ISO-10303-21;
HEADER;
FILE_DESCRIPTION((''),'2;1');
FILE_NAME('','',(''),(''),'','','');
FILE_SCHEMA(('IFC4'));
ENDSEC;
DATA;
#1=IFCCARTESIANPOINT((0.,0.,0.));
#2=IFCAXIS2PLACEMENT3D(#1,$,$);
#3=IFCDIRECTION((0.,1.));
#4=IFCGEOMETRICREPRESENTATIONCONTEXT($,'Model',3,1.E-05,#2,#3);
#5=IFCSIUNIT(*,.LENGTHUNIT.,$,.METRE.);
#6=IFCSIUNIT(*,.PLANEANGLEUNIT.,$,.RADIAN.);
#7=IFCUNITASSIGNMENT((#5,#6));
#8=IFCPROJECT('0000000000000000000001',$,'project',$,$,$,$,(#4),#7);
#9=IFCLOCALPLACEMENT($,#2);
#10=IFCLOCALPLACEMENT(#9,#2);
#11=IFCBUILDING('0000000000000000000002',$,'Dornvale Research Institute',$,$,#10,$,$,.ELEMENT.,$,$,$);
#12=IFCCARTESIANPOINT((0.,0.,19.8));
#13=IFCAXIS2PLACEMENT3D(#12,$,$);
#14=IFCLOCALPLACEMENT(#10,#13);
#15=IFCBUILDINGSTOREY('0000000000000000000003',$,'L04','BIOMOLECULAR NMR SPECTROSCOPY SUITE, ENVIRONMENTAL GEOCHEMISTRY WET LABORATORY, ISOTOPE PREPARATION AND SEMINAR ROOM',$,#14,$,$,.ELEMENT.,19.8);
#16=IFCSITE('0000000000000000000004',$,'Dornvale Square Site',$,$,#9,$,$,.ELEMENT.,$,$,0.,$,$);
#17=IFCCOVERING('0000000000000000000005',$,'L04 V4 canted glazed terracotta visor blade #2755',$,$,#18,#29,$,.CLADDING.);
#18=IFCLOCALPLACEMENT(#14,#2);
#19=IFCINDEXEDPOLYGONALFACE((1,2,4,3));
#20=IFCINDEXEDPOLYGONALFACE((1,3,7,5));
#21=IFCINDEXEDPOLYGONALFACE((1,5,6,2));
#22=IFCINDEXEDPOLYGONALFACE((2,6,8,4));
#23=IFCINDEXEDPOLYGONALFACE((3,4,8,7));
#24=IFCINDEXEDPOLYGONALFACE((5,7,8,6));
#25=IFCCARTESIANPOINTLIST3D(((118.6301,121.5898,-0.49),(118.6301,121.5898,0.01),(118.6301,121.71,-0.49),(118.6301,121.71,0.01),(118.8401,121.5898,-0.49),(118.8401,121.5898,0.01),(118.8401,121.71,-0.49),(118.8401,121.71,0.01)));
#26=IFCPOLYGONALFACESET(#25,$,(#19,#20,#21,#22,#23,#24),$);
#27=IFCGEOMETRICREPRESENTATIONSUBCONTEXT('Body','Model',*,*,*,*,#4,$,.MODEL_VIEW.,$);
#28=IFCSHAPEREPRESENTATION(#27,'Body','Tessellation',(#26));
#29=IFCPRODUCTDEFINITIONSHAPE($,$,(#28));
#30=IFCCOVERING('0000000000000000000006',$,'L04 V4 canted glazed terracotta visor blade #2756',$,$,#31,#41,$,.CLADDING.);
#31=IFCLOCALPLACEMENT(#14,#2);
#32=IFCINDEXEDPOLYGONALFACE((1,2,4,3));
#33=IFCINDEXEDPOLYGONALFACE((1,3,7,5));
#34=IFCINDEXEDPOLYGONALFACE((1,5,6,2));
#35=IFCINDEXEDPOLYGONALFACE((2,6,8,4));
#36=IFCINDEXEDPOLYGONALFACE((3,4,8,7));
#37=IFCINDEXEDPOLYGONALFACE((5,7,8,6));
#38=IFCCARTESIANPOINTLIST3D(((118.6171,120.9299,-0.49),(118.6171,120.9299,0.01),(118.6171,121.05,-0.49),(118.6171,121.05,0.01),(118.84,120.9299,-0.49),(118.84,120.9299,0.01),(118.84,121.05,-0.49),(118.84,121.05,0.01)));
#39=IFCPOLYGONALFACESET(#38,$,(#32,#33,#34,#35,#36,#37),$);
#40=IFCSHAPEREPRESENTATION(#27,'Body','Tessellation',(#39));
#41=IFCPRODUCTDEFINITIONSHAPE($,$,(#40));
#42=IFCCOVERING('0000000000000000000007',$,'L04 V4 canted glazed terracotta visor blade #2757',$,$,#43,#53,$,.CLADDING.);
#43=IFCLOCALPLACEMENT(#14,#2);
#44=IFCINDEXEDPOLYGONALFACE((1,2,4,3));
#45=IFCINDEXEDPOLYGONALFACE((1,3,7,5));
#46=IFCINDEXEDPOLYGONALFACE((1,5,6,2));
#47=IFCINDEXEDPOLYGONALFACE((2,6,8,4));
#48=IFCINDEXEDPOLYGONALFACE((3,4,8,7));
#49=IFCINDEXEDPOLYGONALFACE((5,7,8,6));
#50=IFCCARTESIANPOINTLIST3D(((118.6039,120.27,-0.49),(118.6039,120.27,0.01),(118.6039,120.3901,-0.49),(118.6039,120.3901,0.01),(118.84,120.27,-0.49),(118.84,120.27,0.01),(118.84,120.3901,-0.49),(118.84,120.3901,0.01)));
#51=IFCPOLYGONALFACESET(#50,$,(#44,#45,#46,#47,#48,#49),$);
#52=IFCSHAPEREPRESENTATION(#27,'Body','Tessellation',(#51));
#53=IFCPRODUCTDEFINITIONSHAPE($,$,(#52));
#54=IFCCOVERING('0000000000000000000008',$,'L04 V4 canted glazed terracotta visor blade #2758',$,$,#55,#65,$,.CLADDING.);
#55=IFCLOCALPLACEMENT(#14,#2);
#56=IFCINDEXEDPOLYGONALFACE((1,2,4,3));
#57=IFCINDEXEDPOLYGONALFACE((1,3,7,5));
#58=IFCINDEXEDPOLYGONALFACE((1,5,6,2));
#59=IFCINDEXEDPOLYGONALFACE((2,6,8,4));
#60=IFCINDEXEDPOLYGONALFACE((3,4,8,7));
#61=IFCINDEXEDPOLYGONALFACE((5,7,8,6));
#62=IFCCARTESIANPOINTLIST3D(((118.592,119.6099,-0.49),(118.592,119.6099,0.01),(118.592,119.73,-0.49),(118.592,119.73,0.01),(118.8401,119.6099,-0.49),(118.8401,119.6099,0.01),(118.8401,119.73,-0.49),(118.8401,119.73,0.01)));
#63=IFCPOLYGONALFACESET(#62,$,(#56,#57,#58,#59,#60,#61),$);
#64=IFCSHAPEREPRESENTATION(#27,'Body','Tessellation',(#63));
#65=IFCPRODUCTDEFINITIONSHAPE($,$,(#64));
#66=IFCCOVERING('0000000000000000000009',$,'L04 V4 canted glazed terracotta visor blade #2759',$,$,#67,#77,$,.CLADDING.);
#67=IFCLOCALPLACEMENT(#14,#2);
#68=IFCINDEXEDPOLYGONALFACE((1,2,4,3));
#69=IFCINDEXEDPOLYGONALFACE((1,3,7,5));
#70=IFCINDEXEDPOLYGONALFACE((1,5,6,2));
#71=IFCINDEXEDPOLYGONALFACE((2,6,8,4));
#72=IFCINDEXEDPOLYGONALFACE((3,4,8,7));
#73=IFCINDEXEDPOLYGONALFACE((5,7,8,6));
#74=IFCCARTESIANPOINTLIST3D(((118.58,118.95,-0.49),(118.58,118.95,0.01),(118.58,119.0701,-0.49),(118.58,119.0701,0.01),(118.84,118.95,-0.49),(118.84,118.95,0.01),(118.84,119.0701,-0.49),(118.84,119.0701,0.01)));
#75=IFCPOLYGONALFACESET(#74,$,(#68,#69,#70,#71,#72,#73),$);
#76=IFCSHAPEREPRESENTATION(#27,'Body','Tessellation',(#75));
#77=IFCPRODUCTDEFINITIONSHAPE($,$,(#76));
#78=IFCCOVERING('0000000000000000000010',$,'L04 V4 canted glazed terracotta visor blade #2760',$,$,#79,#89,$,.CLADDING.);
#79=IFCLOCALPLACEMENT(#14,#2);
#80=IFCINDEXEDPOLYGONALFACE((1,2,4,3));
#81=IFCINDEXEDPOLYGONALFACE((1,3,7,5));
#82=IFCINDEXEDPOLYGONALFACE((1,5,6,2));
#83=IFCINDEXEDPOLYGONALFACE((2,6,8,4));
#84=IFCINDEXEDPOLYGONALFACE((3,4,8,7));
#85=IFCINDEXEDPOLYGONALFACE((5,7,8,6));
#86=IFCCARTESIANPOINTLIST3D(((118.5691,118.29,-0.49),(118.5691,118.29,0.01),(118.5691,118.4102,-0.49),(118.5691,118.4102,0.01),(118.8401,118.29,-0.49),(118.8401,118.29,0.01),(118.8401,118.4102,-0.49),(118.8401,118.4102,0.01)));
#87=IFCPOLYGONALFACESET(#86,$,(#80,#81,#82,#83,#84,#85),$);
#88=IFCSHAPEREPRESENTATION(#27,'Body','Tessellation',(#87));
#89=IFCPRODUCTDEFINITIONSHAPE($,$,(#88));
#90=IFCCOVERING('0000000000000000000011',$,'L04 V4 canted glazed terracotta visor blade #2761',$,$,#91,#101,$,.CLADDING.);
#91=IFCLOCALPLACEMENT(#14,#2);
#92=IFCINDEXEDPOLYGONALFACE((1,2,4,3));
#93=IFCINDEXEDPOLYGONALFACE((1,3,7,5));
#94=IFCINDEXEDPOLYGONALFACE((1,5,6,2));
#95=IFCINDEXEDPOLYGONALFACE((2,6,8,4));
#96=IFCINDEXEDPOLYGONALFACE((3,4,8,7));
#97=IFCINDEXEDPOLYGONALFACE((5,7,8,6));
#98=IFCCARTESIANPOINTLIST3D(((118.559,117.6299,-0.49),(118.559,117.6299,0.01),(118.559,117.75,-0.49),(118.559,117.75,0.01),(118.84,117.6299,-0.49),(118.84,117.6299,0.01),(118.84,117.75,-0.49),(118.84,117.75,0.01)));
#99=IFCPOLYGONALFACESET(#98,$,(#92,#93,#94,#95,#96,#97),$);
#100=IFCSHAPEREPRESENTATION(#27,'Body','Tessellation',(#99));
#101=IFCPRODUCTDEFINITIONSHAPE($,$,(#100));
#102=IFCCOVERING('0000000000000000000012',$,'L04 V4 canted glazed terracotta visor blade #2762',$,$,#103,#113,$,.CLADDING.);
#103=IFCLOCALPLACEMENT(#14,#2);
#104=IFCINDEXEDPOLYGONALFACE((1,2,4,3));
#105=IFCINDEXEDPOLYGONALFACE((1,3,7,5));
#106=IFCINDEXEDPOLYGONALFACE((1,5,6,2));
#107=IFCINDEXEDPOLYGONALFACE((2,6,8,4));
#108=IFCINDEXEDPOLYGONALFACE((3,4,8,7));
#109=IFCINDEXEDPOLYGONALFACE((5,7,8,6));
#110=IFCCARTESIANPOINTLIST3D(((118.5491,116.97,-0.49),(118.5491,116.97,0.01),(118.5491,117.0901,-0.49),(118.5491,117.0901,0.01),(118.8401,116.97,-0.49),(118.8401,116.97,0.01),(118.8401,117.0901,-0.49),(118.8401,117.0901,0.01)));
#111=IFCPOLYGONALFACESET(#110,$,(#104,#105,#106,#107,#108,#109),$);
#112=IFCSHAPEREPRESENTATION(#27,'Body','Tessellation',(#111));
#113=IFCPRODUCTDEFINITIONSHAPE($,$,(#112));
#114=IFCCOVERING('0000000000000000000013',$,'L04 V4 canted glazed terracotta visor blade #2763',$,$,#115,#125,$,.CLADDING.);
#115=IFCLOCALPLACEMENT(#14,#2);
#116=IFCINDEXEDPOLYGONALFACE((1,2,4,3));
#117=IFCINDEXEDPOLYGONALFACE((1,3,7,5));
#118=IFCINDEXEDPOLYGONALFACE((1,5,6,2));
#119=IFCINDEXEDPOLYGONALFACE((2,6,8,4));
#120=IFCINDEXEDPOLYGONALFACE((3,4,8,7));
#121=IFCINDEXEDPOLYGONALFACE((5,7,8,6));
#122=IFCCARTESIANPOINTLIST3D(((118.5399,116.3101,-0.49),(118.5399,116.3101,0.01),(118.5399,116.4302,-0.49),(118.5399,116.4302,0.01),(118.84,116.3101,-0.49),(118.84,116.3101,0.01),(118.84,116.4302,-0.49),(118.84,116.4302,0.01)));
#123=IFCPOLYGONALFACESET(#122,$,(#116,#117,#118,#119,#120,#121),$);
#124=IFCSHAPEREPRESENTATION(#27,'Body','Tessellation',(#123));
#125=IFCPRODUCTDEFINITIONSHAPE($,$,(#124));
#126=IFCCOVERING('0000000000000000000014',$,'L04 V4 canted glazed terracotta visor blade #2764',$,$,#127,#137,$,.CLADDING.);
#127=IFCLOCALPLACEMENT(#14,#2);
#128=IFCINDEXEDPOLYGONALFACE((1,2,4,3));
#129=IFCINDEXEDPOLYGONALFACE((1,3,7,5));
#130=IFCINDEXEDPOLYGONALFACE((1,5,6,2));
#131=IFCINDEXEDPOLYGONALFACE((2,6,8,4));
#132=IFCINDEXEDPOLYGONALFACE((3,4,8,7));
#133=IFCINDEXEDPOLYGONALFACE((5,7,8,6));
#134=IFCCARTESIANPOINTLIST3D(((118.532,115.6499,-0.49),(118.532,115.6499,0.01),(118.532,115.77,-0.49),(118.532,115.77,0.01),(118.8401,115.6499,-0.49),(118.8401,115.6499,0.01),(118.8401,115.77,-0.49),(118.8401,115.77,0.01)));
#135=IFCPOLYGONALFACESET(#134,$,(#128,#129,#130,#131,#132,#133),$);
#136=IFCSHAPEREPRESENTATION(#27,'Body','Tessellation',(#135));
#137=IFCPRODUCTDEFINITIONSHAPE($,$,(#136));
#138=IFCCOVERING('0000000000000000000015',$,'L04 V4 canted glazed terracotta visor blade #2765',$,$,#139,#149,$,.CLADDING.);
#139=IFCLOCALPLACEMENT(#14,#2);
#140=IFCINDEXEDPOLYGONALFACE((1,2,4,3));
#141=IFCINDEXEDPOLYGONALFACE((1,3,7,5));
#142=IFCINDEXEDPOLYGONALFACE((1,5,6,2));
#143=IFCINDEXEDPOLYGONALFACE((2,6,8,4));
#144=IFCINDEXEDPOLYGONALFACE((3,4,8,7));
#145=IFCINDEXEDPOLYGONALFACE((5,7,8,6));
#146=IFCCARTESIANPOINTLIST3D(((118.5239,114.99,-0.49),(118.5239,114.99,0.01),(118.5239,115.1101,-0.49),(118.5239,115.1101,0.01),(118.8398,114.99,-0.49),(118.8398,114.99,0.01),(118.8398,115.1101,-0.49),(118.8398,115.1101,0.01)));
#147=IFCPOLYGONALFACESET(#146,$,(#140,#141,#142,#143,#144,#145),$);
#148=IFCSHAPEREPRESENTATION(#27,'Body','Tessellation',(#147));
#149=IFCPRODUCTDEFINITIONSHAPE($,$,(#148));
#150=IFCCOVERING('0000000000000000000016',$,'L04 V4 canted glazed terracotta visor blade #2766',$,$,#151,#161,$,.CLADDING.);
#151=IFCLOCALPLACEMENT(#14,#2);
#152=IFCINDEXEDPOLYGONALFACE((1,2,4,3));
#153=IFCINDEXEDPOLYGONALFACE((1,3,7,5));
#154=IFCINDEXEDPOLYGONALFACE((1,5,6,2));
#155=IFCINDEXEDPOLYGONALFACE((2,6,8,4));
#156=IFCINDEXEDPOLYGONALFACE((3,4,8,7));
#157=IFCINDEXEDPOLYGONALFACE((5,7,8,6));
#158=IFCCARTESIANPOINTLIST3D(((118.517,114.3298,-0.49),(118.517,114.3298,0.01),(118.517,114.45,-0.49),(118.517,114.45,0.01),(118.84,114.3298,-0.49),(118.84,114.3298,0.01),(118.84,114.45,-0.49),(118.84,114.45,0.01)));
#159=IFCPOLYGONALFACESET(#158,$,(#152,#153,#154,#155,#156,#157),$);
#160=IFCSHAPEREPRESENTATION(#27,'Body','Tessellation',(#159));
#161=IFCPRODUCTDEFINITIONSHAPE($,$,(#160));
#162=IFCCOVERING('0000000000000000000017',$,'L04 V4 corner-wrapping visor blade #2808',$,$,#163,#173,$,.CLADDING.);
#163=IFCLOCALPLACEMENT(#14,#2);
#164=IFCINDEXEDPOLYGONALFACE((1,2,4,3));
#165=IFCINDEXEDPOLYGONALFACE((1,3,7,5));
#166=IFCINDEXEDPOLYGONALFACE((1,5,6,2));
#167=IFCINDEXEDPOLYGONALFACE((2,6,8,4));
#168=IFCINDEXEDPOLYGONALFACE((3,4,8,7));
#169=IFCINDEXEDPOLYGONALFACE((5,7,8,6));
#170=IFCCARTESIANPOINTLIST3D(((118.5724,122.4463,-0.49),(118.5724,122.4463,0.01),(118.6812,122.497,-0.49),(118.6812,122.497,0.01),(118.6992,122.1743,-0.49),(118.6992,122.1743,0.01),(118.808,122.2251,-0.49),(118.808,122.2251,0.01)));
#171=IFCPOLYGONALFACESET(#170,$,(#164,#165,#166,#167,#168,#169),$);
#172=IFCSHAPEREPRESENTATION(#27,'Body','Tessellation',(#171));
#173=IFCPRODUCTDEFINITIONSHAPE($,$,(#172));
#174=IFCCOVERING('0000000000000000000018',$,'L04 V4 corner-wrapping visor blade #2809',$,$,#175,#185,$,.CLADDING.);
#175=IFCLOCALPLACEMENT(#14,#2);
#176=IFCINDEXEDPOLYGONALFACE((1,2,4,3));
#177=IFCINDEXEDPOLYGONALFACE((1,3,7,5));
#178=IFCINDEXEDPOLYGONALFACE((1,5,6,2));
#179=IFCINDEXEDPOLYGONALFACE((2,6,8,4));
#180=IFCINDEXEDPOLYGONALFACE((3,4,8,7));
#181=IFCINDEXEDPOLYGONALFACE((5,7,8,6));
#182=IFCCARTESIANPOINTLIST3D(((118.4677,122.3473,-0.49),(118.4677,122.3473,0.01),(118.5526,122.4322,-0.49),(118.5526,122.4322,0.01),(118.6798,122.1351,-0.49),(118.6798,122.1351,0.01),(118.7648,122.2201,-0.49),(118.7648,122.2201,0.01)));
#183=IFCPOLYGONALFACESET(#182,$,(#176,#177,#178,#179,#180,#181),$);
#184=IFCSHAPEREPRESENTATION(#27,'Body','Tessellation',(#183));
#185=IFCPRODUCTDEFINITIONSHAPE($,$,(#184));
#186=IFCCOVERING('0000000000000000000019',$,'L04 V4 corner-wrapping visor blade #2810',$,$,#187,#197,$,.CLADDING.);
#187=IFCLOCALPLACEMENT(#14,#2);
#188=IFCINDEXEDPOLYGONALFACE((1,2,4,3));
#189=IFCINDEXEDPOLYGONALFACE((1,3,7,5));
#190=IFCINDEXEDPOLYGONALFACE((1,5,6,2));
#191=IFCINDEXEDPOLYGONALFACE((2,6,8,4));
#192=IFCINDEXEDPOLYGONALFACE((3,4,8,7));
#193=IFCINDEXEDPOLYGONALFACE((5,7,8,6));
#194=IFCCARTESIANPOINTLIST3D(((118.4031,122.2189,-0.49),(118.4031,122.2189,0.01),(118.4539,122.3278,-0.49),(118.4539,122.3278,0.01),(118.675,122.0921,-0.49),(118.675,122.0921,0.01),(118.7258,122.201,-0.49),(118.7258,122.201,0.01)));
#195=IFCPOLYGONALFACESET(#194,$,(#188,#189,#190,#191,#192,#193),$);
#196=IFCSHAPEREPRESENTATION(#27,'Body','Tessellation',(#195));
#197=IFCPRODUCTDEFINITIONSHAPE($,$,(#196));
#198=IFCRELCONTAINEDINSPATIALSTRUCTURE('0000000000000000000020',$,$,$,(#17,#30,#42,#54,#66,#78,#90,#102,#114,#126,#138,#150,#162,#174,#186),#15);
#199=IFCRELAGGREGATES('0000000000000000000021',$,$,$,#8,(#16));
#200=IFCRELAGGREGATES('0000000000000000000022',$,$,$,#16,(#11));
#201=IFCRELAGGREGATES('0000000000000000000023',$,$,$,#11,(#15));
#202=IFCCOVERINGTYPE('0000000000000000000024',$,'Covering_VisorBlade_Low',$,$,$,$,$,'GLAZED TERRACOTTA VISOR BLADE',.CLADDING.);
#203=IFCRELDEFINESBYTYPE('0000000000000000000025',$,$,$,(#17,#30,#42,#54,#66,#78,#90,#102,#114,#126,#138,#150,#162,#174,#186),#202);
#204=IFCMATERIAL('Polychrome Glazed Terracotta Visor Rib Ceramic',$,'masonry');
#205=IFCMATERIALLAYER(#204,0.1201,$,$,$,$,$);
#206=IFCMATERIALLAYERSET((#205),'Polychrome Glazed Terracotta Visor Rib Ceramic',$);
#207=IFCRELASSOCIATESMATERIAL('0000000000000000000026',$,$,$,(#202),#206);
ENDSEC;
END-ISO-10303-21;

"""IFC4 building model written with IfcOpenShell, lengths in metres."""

from ifc_helpers import new_model, si_unit, direction, frame, origin, origin_2d, place, context, subcontext, project, spatial, rectangle, extrude, material, layer, layer_set, type_object, element, save


model = new_model("IFC4")

# Units and contexts
model_context = context("Model", 3, precision=1e-05, world=origin(), true_north=direction((0.0, 1.0)))
body_context = subcontext(model_context, "Body", "Model", "MODEL_VIEW")
ifc_project = project(units=[si_unit("LENGTHUNIT", "METRE"), si_unit("PLANEANGLEUNIT", "RADIAN")], contexts=[model_context])

# Site, building, storey
site_placement = place(None, origin())
site = spatial("IfcSite", under=ifc_project, at=site_placement, Name="Dornvale Square Site", CompositionType="ELEMENT", RefElevation=0.0)
building_placement = place(site_placement, origin())
building = spatial("IfcBuilding", under=site, at=building_placement, Name="Dornvale Research Institute", CompositionType="ELEMENT")
storey_placement = place(building_placement, frame((0.0, 0.0, 19.8)))
storey = spatial("IfcBuildingStorey", under=building, at=storey_placement, Name="L04", Description="BIOMOLECULAR NMR SPECTROSCOPY SUITE, ENVIRONMENTAL GEOCHEMISTRY WET LABORATORY, ISOTOPE PREPARATION AND SEMINAR ROOM", CompositionType="ELEMENT", Elevation=19.8)

# Coverings
ifc_material_1 = material(Name="Polychrome Glazed Terracotta Visor Rib Ceramic", Category="masonry")
ifc_layer_1 = layer(ifc_material_1, 0.1201)
ifc_layer_set_1 = layer_set([ifc_layer_1], Name="Polychrome Glazed Terracotta Visor Rib Ceramic")
covering_type = type_object("IfcCoveringType", Name="Covering_VisorBlade_Low", ElementType="GLAZED TERRACOTTA VISOR BLADE", PredefinedType="CLADDING", material=ifc_layer_set_1)
covering_1_placement = place(storey_placement, frame((118.7351, 121.6499, -0.49), z_axis=(0.0, 0.0, 1.0), x_axis=(1.0, 0.0, 0.0)))
element("IfcCovering", 1, at=covering_1_placement, inside=storey, type_object=covering_type, Name="L04 V4 canted glazed terracotta visor blade #2755", PredefinedType="CLADDING", context=body_context, shape_type="SweptSolid", body=[
    extrude(rectangle(XDim=0.21, YDim=0.1201, at=origin_2d()), origin(), (0.0, 0.0, 1.0), 0.5),
])
covering_2_placement = place(storey_placement, frame((118.7285, 120.99, -0.49), z_axis=(0.0, 0.0, 1.0), x_axis=(1.0, 0.0, 0.0)))
element("IfcCovering", 2, at=covering_2_placement, inside=storey, type_object=covering_type, Name="L04 V4 canted glazed terracotta visor blade #2756", PredefinedType="CLADDING", context=body_context, shape_type="SweptSolid", body=[
    extrude(rectangle(XDim=0.2229, YDim=0.1201, at=origin_2d()), origin(), (0.0, 0.0, 1.0), 0.5),
])
covering_3_placement = place(storey_placement, frame((118.7219, 120.3301, -0.49), z_axis=(0.0, 0.0, 1.0), x_axis=(1.0, 0.0, 0.0)))
element("IfcCovering", 3, at=covering_3_placement, inside=storey, type_object=covering_type, Name="L04 V4 canted glazed terracotta visor blade #2757", PredefinedType="CLADDING", context=body_context, shape_type="SweptSolid", body=[
    extrude(rectangle(XDim=0.2361, YDim=0.1201, at=origin_2d()), origin(), (0.0, 0.0, 1.0), 0.5),
])
covering_4_placement = place(storey_placement, frame((118.7161, 119.6699, -0.49), z_axis=(0.0, 0.0, 1.0), x_axis=(1.0, 0.0, 0.0)))
element("IfcCovering", 4, at=covering_4_placement, inside=storey, type_object=covering_type, Name="L04 V4 canted glazed terracotta visor blade #2758", PredefinedType="CLADDING", context=body_context, shape_type="SweptSolid", body=[
    extrude(rectangle(XDim=0.248, YDim=0.1201, at=origin_2d()), origin(), (0.0, 0.0, 1.0), 0.5),
])
covering_5_placement = place(storey_placement, frame((118.71, 119.01, -0.49), z_axis=(0.0, 0.0, 1.0), x_axis=(1.0, 0.0, 0.0)))
element("IfcCovering", 5, at=covering_5_placement, inside=storey, type_object=covering_type, Name="L04 V4 canted glazed terracotta visor blade #2759", PredefinedType="CLADDING", context=body_context, shape_type="SweptSolid", body=[
    extrude(rectangle(XDim=0.26, YDim=0.1201, at=origin_2d()), origin(), (0.0, 0.0, 1.0), 0.5),
])
covering_6_placement = place(storey_placement, frame((118.7046, 118.3501, -0.49), z_axis=(0.0, 0.0, 1.0), x_axis=(1.0, 0.0, 0.0)))
element("IfcCovering", 6, at=covering_6_placement, inside=storey, type_object=covering_type, Name="L04 V4 canted glazed terracotta visor blade #2760", PredefinedType="CLADDING", context=body_context, shape_type="SweptSolid", body=[
    extrude(rectangle(XDim=0.271, YDim=0.1201, at=origin_2d()), origin(), (0.0, 0.0, 1.0), 0.5),
])
covering_7_placement = place(storey_placement, frame((118.6995, 117.6899, -0.49), z_axis=(0.0, 0.0, 1.0), x_axis=(1.0, 0.0, 0.0)))
element("IfcCovering", 7, at=covering_7_placement, inside=storey, type_object=covering_type, Name="L04 V4 canted glazed terracotta visor blade #2761", PredefinedType="CLADDING", context=body_context, shape_type="SweptSolid", body=[
    extrude(rectangle(XDim=0.281, YDim=0.1201, at=origin_2d()), origin(), (0.0, 0.0, 1.0), 0.5),
])
covering_8_placement = place(storey_placement, frame((118.6946, 117.03, -0.49), z_axis=(0.0, 0.0, 1.0), x_axis=(1.0, 0.0, 0.0)))
element("IfcCovering", 8, at=covering_8_placement, inside=storey, type_object=covering_type, Name="L04 V4 canted glazed terracotta visor blade #2762", PredefinedType="CLADDING", context=body_context, shape_type="SweptSolid", body=[
    extrude(rectangle(XDim=0.291, YDim=0.1201, at=origin_2d()), origin(), (0.0, 0.0, 1.0), 0.5),
])
covering_9_placement = place(storey_placement, frame((118.6899, 116.3701, -0.49), z_axis=(0.0, 0.0, 1.0), x_axis=(1.0, 0.0, 0.0)))
element("IfcCovering", 9, at=covering_9_placement, inside=storey, type_object=covering_type, Name="L04 V4 canted glazed terracotta visor blade #2763", PredefinedType="CLADDING", context=body_context, shape_type="SweptSolid", body=[
    extrude(rectangle(XDim=0.3, YDim=0.1201, at=origin_2d()), origin(), (0.0, 0.0, 1.0), 0.5),
])
covering_10_placement = place(storey_placement, frame((118.686, 115.71, -0.49), z_axis=(0.0, 0.0, 1.0), x_axis=(1.0, 0.0, 0.0)))
element("IfcCovering", 10, at=covering_10_placement, inside=storey, type_object=covering_type, Name="L04 V4 canted glazed terracotta visor blade #2764", PredefinedType="CLADDING", context=body_context, shape_type="SweptSolid", body=[
    extrude(rectangle(XDim=0.3081, YDim=0.1201, at=origin_2d()), origin(), (0.0, 0.0, 1.0), 0.5),
])
covering_11_placement = place(storey_placement, frame((118.6819, 115.05, -0.49), z_axis=(0.0, 0.0, 1.0), x_axis=(1.0, 0.0, 0.0)))
element("IfcCovering", 11, at=covering_11_placement, inside=storey, type_object=covering_type, Name="L04 V4 canted glazed terracotta visor blade #2765", PredefinedType="CLADDING", context=body_context, shape_type="SweptSolid", body=[
    extrude(rectangle(XDim=0.3159, YDim=0.1201, at=origin_2d()), origin(), (0.0, 0.0, 1.0), 0.5),
])
covering_12_placement = place(storey_placement, frame((118.6785, 114.3899, -0.49), z_axis=(0.0, 0.0, 1.0), x_axis=(1.0, 0.0, 0.0)))
element("IfcCovering", 12, at=covering_12_placement, inside=storey, type_object=covering_type, Name="L04 V4 canted glazed terracotta visor blade #2766", PredefinedType="CLADDING", context=body_context, shape_type="SweptSolid", body=[
    extrude(rectangle(XDim=0.323, YDim=0.1201, at=origin_2d()), origin(), (0.0, 0.0, 1.0), 0.5),
])
for number, where, z_axis, x_axis, name in (
    (13, (118.6902, 122.3357, -0.49), (0.0, 0.0, 1.0), (-0.422618, 0.906308, 0.0), "L04 V4 corner-wrapping visor blade #2808"),
    (14, (118.6162, 122.2837, -0.49), (0.0, 0.0, 1.0), (-0.707107, 0.707107, 0.0), "L04 V4 corner-wrapping visor blade #2809"),
    (15, (118.5645, 122.21, -0.49), (0.0, 0.0, 1.0), (-0.906308, 0.422618, 0.0), "L04 V4 corner-wrapping visor blade #2810"),
):
    element("IfcCovering", number, at=place(storey_placement, frame(where, z_axis=z_axis, x_axis=x_axis)), inside=storey, type_object=covering_type, Name=name, PredefinedType="CLADDING", context=body_context, shape_type="SweptSolid", body=[
        extrude(rectangle(XDim=0.3, YDim=0.1201, at=origin_2d()), origin(), (0.0, 0.0, 1.0), 0.5),
    ])

save(model, "model.ifc")
